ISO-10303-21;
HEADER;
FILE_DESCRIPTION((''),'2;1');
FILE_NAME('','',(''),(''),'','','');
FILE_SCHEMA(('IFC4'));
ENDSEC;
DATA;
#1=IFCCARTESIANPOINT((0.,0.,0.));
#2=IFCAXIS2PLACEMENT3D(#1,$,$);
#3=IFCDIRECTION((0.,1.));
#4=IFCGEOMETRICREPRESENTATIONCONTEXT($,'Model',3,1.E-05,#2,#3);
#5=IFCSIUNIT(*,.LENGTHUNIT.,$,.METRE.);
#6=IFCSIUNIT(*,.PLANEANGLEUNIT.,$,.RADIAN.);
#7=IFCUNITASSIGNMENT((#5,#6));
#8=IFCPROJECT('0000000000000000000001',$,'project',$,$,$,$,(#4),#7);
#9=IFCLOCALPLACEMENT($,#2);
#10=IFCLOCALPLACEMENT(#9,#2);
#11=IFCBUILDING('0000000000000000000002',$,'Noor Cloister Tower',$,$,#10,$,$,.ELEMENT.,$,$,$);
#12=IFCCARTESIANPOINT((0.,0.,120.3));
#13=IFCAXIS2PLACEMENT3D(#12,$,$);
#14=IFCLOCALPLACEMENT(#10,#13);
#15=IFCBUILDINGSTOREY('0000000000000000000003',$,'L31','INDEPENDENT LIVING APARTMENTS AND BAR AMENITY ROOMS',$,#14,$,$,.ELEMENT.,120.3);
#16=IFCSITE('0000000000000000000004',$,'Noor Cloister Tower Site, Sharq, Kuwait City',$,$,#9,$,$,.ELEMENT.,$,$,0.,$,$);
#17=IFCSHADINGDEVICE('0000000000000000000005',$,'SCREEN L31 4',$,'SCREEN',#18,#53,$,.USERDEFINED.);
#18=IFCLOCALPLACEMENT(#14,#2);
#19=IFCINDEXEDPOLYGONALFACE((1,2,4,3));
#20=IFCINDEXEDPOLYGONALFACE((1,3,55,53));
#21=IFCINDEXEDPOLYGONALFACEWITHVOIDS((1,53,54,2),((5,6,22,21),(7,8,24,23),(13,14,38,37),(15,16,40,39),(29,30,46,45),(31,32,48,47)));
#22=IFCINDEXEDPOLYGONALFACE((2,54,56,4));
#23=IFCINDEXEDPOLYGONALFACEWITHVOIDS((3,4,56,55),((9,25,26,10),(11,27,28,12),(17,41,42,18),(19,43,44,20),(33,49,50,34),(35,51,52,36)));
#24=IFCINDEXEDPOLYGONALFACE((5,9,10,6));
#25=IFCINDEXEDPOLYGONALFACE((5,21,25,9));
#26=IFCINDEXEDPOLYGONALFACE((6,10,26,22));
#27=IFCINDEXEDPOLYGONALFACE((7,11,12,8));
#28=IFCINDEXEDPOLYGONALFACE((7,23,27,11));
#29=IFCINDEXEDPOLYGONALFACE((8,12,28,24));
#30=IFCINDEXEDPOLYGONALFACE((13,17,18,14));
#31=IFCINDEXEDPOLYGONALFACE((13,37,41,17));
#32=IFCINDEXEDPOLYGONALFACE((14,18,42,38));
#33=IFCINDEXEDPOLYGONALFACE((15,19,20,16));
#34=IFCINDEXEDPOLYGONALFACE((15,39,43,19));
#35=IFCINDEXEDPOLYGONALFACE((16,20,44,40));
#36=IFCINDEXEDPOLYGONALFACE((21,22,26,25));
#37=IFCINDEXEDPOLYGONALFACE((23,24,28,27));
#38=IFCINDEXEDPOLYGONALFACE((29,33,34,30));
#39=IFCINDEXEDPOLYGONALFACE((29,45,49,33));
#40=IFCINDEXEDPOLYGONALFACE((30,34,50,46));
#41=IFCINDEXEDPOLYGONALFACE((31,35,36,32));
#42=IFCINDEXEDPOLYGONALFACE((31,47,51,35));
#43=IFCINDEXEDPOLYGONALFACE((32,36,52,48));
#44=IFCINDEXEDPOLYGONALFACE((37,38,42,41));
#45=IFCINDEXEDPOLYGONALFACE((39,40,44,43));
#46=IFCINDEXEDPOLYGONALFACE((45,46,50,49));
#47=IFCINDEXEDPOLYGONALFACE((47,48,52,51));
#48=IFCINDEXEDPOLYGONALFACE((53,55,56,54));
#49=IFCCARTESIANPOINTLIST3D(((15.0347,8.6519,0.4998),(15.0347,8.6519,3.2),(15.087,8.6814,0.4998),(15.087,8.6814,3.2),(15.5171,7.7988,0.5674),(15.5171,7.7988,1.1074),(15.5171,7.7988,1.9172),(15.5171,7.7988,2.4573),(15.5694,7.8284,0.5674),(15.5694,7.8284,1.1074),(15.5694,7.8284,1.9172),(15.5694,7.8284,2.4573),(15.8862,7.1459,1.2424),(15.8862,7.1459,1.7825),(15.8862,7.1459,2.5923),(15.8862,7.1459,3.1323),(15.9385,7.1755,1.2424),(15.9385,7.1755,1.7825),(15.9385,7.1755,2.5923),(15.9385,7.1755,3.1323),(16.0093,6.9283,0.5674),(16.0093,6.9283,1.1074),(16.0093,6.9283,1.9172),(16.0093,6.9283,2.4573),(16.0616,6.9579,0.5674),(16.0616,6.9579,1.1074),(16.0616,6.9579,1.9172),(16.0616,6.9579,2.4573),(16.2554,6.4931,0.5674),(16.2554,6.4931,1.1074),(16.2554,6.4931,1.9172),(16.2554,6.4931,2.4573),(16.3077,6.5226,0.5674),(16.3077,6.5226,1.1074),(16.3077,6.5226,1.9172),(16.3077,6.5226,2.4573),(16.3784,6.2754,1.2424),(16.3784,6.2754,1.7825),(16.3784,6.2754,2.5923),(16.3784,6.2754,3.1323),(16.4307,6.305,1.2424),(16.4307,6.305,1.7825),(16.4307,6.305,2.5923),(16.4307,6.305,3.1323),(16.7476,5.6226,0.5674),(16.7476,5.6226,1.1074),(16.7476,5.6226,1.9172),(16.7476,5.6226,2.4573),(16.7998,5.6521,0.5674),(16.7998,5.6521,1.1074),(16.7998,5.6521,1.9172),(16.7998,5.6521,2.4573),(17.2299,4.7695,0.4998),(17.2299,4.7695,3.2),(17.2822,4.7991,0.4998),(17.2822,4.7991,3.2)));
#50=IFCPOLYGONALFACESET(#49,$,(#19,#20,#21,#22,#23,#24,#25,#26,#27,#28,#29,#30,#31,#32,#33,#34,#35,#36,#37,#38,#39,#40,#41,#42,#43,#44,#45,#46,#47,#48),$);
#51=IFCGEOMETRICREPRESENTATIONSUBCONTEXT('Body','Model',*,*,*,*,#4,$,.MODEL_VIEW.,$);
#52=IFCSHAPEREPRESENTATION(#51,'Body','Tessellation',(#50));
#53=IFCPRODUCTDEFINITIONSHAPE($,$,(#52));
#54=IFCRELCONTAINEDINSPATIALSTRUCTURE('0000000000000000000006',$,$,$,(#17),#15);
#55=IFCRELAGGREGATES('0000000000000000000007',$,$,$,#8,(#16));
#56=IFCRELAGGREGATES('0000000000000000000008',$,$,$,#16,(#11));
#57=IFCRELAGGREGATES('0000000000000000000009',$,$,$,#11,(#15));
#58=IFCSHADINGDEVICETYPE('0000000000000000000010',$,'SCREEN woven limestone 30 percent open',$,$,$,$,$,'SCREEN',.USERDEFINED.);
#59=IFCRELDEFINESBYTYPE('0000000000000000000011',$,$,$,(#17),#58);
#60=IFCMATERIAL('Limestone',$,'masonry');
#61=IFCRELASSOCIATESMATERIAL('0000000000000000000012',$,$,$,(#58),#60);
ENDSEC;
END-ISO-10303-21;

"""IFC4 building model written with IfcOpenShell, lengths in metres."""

from ifc_helpers import new_model, si_unit, direction, frame, origin, place, context, subcontext, project, spatial, polyline, outline, extrude, material, material_profile, profile_set, type_object, element, save


model = new_model("IFC4")

# Units and contexts
model_context = context("Model", 3, precision=1e-05, world=origin(), true_north=direction((0.0, 1.0)))
body_context = subcontext(model_context, "Body", "Model", "MODEL_VIEW")
ifc_project = project(units=[si_unit("LENGTHUNIT", "METRE"), si_unit("PLANEANGLEUNIT", "RADIAN")], contexts=[model_context])

# Site, building, storey
site_placement = place(None, origin())
site = spatial("IfcSite", under=ifc_project, at=site_placement, Name="Noor Cloister Tower Site, Sharq, Kuwait City", CompositionType="ELEMENT", RefElevation=0.0)
building_placement = place(site_placement, origin())
building = spatial("IfcBuilding", under=site, at=building_placement, Name="Noor Cloister Tower", CompositionType="ELEMENT")
storey_placement = place(building_placement, frame((0.0, 0.0, 120.3)))
storey = spatial("IfcBuildingStorey", under=building, at=storey_placement, Name="L31", Description="INDEPENDENT LIVING APARTMENTS AND BAR AMENITY ROOMS", CompositionType="ELEMENT", Elevation=120.3)

# Shading device
ifc_material_1 = material(Name="Limestone", Category="masonry")
ifc_material_profile_1 = material_profile(ifc_material_1, outline(polyline([(-2.23, -1.3501), (2.23, -1.3501), (2.23, 1.3501), (-2.23, 1.3501), (-2.23, -1.3501)]), holes=[polyline([(-1.25, -1.2825), (-0.25, -1.2825), (-0.25, -0.7424), (-1.25, -0.7424), (-1.25, -1.2825)]), polyline([(0.25, -1.2825), (1.25, -1.2825), (1.25, -0.7424), (0.25, -0.7424), (0.25, -1.2825)]), polyline([(-0.5, -0.6074), (0.5, -0.6074), (0.5, -0.0674), (-0.5, -0.0674), (-0.5, -0.6074)]), polyline([(-1.25, 0.0674), (-0.25, 0.0674), (-0.25, 0.6074), (-1.25, 0.6074), (-1.25, 0.0674)]), polyline([(0.25, 0.0674), (1.25, 0.0674), (1.25, 0.6074), (0.25, 0.6074), (0.25, 0.0674)]), polyline([(-0.5, 0.7424), (0.5, 0.7424), (0.5, 1.2825), (-0.5, 1.2825), (-0.5, 0.7424)])]), Name="Woven screen 30 percent open")
ifc_profile_set_1 = profile_set([ifc_material_profile_1], Name="Limestone")
shading_device_type = type_object("IfcShadingDeviceType", Name="SCREEN woven limestone 30 percent open", ElementType="SCREEN", PredefinedType="USERDEFINED", material=ifc_profile_set_1)
shading_device_1_placement = place(storey_placement, frame((16.1323, 6.7107, 1.8499), z_axis=(0.870487, 0.492191, 0.0), x_axis=(-0.492191, 0.870487, 0.0)))
element("IfcShadingDevice", 1, at=shading_device_1_placement, inside=storey, type_object=shading_device_type, Name="SCREEN L31 4", ObjectType="SCREEN", PredefinedType="USERDEFINED", context=body_context, shape_type="SweptSolid", body=[
    extrude(outline(polyline([(-2.23, -1.3501), (2.23, -1.3501), (2.23, 1.3501), (-2.23, 1.3501), (-2.23, -1.3501)]), holes=[polyline([(-1.25, -1.2825), (-0.25, -1.2825), (-0.25, -0.7424), (-1.25, -0.7424), (-1.25, -1.2825)]), polyline([(0.25, -1.2825), (1.25, -1.2825), (1.25, -0.7424), (0.25, -0.7424), (0.25, -1.2825)]), polyline([(-0.5, -0.6074), (0.5, -0.6074), (0.5, -0.0674), (-0.5, -0.0674), (-0.5, -0.6074)]), polyline([(-1.25, 0.0674), (-0.25, 0.0674), (-0.25, 0.6074), (-1.25, 0.6074), (-1.25, 0.0674)]), polyline([(0.25, 0.0674), (1.25, 0.0674), (1.25, 0.6074), (0.25, 0.6074), (0.25, 0.0674)]), polyline([(-0.5, 0.7424), (0.5, 0.7424), (0.5, 1.2825), (-0.5, 1.2825), (-0.5, 0.7424)])]), origin(), (0.0, 0.0, 1.0), 0.0601),
])

save(model, "model.ifc")
